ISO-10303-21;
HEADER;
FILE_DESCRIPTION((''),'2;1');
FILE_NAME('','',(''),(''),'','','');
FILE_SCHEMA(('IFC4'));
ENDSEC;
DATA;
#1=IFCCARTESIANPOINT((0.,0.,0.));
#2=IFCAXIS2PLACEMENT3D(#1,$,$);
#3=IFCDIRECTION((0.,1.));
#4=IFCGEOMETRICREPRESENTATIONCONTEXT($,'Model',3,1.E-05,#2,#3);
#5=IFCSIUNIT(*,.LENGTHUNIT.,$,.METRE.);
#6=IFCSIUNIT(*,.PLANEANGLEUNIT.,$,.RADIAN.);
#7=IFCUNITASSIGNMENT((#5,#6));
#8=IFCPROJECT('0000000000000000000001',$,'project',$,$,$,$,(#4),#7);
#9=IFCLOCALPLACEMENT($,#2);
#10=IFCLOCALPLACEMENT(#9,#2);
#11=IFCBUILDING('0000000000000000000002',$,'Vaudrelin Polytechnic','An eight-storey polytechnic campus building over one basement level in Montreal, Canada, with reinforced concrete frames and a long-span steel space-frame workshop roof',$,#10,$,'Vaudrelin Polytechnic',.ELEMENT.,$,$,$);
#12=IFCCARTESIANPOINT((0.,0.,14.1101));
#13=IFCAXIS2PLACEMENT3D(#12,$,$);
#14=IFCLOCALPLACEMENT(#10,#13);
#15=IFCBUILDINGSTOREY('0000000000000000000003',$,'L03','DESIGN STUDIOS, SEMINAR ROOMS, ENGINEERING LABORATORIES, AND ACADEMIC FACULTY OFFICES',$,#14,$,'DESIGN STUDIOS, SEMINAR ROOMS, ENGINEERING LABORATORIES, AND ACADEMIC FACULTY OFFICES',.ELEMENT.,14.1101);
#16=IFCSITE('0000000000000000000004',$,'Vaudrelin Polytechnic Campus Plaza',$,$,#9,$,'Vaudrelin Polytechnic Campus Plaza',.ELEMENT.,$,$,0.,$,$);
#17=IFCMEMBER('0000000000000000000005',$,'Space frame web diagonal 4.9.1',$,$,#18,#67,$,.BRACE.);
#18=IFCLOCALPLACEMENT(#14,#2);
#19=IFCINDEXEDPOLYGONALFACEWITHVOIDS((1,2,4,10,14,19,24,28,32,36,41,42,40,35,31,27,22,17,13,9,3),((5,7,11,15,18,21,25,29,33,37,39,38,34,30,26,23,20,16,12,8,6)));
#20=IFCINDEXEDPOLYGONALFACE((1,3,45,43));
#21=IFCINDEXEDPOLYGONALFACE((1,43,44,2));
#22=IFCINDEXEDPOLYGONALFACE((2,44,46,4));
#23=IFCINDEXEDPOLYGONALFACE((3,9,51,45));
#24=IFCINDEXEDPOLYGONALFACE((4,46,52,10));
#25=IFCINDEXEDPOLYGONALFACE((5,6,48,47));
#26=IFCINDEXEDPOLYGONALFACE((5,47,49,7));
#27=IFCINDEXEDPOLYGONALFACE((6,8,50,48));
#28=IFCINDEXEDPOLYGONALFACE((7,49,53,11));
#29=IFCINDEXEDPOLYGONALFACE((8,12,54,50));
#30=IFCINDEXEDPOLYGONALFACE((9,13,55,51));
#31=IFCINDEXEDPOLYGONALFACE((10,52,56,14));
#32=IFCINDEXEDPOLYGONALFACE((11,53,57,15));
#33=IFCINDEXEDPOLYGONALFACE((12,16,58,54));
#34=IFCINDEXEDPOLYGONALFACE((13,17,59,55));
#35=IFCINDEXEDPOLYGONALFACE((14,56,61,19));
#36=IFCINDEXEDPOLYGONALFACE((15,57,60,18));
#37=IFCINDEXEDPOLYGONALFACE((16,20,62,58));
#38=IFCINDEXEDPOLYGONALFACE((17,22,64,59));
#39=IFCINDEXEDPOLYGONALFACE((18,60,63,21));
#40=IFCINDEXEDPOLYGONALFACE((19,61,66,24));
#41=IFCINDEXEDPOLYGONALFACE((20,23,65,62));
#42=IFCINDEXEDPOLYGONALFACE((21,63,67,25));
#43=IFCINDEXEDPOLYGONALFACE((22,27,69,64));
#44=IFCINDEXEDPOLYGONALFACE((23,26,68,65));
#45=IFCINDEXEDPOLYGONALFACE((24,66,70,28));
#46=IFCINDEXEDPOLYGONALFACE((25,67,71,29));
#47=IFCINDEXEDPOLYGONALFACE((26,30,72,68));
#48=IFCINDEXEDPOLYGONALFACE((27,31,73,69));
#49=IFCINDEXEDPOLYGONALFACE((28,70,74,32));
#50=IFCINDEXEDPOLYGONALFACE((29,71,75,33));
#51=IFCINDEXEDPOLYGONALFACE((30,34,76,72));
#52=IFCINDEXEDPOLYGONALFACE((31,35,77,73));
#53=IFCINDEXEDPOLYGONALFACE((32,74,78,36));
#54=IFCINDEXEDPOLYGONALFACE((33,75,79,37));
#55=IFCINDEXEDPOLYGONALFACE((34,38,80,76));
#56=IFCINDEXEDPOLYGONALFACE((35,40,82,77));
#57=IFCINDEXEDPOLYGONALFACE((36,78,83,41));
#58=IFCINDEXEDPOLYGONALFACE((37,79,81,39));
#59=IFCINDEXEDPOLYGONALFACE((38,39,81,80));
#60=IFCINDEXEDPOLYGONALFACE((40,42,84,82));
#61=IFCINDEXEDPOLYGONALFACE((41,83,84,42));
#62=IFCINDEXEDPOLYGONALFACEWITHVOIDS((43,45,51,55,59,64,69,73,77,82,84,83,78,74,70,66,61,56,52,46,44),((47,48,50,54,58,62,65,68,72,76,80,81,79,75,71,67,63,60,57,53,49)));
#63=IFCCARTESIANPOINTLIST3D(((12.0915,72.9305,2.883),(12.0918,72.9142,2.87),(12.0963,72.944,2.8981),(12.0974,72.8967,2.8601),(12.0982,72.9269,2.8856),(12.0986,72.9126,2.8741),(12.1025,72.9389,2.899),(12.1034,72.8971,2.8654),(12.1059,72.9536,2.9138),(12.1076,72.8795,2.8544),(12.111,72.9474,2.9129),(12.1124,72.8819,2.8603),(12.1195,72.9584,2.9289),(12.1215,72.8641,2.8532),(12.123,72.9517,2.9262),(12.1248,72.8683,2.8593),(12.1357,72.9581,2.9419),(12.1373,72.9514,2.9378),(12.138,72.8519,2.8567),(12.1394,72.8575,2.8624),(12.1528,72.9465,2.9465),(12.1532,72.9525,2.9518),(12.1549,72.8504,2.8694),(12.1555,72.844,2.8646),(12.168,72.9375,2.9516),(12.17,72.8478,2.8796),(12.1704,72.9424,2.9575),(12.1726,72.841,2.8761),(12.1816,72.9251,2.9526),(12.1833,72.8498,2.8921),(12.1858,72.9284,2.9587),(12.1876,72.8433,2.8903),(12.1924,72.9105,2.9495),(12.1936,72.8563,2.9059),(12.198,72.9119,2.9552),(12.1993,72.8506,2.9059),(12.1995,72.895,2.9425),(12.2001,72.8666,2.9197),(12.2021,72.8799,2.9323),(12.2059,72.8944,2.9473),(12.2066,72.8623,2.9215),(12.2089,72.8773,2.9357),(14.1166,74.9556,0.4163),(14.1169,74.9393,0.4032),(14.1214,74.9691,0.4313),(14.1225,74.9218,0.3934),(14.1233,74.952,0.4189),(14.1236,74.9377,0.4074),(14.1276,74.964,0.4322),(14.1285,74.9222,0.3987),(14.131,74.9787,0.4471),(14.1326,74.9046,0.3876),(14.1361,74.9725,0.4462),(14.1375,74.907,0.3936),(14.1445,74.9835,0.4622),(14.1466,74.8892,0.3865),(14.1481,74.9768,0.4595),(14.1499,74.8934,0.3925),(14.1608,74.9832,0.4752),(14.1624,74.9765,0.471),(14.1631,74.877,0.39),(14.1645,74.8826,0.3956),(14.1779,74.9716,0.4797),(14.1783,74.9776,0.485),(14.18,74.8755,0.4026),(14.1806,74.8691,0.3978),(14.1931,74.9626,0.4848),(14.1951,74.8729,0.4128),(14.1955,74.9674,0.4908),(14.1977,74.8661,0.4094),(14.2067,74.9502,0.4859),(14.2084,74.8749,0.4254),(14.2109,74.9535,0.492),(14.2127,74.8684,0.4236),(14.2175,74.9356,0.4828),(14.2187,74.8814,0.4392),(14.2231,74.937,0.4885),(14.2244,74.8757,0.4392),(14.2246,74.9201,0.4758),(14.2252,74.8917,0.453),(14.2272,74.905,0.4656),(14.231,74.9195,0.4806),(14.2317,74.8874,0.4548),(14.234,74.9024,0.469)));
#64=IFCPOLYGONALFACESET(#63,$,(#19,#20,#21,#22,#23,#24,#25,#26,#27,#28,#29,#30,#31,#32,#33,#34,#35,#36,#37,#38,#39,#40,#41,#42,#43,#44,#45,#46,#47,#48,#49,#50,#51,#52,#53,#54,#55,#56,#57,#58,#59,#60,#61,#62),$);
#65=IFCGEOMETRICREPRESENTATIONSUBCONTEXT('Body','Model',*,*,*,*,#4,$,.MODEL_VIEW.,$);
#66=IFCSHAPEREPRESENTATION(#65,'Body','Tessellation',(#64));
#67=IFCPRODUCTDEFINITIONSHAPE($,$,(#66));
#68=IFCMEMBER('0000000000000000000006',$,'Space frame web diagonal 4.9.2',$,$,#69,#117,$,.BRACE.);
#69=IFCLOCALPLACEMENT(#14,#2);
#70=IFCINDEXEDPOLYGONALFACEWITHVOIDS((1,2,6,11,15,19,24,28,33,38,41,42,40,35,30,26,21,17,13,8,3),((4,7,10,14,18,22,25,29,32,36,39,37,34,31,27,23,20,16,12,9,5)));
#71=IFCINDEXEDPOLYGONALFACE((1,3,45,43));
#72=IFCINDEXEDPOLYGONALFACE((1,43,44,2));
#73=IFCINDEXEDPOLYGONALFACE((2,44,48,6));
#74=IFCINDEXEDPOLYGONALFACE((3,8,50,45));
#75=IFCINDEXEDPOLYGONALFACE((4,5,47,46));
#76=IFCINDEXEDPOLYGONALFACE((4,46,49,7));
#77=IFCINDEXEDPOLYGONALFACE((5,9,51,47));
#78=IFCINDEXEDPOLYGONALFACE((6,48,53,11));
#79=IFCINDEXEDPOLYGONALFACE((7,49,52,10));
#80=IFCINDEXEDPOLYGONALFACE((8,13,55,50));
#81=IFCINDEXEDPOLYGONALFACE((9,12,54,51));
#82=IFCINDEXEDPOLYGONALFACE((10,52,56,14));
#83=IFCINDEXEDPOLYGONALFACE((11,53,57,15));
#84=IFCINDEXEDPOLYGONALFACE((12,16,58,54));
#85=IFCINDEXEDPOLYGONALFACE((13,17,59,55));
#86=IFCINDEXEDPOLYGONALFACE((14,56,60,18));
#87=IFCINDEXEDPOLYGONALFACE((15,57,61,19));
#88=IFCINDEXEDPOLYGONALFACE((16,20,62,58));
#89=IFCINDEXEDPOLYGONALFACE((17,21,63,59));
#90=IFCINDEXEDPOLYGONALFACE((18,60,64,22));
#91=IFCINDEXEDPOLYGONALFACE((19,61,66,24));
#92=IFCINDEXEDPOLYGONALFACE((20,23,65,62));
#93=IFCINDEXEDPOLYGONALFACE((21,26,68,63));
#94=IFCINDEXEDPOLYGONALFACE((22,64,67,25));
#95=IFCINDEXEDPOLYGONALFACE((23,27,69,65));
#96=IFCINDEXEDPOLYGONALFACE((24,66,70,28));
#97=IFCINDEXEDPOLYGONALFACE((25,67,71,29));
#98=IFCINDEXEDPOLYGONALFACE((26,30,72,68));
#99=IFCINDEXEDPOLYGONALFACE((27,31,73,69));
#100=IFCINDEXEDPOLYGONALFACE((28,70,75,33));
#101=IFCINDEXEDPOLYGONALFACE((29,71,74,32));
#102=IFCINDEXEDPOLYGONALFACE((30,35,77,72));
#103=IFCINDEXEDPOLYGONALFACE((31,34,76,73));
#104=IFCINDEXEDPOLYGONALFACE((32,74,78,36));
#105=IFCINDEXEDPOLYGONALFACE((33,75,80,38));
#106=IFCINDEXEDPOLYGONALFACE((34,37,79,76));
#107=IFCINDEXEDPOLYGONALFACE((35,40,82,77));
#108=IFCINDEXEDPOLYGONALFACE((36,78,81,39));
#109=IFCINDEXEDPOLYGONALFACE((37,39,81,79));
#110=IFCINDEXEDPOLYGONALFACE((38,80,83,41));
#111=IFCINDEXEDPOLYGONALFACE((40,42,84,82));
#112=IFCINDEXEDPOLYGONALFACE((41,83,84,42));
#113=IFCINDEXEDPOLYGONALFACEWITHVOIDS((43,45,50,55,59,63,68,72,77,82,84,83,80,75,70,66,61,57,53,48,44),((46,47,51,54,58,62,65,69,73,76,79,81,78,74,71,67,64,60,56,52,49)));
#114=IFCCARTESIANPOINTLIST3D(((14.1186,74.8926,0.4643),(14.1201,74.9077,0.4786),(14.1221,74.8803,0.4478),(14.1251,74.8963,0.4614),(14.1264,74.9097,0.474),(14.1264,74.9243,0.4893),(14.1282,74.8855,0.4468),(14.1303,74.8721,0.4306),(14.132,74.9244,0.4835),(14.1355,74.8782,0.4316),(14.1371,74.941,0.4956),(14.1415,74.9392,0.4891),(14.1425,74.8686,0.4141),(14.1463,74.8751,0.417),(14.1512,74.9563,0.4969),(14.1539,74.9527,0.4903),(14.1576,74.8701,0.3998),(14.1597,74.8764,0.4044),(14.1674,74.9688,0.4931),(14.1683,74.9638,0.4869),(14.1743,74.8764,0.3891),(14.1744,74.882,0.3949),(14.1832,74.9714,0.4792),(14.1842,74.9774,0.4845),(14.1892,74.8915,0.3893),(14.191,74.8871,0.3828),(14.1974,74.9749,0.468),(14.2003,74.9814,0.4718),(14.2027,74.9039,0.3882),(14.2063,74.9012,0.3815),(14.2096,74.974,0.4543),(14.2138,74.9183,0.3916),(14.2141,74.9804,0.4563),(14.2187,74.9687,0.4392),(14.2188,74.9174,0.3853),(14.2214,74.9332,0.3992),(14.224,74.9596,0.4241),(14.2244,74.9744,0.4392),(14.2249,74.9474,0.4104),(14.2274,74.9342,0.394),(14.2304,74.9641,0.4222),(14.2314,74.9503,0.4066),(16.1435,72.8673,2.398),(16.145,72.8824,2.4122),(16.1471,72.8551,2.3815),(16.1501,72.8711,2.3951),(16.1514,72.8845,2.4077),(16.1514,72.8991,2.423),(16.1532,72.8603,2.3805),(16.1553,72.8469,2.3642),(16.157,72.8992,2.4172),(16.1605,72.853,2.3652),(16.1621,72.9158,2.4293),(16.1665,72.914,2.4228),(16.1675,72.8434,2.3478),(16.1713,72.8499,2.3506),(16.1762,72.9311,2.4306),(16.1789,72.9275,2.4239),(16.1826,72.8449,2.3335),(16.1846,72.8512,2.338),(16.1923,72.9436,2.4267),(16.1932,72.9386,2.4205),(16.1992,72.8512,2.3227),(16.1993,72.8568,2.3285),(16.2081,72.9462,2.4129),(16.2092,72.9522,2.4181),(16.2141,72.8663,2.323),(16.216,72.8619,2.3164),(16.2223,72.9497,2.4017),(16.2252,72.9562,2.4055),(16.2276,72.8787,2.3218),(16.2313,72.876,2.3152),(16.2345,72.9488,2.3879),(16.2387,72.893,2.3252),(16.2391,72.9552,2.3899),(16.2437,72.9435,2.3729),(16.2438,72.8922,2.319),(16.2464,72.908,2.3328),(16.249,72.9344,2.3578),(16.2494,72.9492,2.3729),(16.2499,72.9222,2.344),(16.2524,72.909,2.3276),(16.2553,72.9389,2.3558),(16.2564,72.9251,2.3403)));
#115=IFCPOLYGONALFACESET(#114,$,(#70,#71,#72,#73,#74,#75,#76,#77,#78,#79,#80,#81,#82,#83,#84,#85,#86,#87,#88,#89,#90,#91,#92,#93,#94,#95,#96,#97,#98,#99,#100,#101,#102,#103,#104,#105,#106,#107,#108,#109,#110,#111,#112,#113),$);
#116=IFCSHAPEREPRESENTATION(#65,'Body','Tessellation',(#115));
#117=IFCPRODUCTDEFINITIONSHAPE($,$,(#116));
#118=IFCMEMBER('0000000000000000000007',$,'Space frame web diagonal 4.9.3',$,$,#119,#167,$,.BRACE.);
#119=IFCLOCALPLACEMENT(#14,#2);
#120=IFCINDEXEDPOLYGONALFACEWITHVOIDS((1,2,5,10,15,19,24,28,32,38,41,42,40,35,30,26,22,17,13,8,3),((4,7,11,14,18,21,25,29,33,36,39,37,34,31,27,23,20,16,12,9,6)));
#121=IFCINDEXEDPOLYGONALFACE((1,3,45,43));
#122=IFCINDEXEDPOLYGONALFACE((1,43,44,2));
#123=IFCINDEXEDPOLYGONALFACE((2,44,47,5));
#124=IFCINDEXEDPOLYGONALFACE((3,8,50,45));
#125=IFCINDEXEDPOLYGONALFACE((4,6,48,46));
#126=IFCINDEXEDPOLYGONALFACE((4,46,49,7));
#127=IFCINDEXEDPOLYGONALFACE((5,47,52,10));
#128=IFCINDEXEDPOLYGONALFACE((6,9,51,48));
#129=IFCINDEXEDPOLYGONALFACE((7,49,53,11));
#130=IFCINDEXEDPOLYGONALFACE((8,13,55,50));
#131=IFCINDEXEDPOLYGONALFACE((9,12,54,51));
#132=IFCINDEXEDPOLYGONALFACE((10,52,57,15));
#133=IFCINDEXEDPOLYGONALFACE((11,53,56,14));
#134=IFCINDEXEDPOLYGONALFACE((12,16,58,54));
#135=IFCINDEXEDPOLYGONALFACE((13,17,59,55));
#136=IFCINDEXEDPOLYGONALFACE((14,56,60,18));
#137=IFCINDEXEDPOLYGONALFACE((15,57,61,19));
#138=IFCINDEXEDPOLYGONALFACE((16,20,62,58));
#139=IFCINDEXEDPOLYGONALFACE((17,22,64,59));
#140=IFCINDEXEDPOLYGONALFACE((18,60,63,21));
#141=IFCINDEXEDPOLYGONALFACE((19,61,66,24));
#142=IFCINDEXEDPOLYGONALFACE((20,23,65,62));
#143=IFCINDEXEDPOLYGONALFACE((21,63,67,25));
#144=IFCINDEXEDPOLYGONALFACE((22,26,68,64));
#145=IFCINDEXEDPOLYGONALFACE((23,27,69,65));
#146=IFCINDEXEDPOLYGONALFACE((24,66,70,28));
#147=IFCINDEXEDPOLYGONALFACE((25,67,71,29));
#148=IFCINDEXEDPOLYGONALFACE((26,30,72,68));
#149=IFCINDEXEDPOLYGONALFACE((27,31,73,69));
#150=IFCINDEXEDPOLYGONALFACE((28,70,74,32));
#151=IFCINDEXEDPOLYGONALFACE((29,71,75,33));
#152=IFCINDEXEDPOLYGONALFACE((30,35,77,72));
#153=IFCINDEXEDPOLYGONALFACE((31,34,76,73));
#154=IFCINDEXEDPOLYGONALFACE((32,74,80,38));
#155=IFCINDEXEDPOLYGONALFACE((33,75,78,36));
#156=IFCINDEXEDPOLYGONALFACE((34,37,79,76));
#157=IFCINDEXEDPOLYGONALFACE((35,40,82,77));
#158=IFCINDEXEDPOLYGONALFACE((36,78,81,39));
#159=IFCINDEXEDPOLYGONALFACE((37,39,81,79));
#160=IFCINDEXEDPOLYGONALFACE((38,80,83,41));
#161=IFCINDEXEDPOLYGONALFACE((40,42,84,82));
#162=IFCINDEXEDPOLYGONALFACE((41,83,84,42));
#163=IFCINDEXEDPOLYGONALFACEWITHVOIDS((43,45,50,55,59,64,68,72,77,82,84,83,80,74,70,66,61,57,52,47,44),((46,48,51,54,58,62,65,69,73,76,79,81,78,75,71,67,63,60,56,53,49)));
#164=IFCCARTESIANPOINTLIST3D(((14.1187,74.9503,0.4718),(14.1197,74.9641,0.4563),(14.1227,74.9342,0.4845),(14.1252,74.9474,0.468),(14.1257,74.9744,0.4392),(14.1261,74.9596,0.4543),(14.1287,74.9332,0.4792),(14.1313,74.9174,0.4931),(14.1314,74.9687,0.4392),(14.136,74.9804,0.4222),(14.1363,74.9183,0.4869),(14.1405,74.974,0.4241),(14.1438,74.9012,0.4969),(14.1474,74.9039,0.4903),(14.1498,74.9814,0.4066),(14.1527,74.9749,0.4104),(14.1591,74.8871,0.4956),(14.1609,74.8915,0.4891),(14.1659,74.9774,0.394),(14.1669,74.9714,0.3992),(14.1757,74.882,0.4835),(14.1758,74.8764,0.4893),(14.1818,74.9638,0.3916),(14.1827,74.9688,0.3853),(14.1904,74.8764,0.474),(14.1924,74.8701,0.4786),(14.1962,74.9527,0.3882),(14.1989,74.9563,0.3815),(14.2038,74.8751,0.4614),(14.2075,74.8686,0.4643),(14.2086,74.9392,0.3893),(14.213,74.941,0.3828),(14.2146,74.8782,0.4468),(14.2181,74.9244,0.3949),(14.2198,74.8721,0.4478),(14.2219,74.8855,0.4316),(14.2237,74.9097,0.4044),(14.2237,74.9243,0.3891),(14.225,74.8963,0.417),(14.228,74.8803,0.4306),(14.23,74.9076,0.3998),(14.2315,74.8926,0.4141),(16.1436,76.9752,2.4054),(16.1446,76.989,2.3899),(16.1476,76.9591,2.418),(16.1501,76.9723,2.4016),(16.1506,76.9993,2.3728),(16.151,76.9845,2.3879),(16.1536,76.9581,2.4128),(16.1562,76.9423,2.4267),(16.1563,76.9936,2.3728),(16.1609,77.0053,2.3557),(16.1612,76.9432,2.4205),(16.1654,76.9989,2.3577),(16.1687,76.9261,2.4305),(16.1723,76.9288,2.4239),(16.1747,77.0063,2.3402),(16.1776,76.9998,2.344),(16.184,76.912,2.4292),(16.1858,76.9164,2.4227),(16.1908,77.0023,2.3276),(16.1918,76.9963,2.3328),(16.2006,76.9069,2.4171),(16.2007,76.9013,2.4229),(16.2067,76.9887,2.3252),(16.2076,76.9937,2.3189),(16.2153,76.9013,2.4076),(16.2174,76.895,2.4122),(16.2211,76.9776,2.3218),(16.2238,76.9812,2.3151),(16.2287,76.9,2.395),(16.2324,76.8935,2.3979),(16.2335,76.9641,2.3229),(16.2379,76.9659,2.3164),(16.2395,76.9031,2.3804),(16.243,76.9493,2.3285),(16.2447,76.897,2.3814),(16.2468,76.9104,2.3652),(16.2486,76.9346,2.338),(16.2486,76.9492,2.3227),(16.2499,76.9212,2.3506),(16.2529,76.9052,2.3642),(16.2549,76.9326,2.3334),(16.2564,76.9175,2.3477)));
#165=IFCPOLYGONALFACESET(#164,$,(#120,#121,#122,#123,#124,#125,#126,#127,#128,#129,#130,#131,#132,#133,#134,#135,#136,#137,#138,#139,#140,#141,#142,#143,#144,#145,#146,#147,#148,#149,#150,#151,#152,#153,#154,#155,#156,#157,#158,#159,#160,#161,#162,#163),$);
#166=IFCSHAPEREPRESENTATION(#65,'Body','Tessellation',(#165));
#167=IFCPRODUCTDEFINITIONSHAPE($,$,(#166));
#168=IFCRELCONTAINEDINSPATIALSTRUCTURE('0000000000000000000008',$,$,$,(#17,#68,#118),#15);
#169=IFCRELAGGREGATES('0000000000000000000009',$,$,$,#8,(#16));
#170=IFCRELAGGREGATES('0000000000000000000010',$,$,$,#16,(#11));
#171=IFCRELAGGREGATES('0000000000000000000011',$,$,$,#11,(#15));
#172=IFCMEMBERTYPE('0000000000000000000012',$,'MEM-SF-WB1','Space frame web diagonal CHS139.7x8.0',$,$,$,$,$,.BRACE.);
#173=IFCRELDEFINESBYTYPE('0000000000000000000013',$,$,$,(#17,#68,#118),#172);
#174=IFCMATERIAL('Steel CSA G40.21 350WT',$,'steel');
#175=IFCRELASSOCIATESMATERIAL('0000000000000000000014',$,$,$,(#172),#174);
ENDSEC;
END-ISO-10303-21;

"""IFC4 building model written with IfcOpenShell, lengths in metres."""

from ifc_helpers import new_model, si_unit, direction, frame, origin, origin_2d, place, context, subcontext, project, spatial, hollow_circle, extrude, material, material_profile, profile_set, type_object, element, save


model = new_model("IFC4")

# Units and contexts
model_context = context("Model", 3, precision=1e-05, world=origin(), true_north=direction((0.0, 1.0)))
body_context = subcontext(model_context, "Body", "Model", "MODEL_VIEW")
ifc_project = project(units=[si_unit("LENGTHUNIT", "METRE"), si_unit("PLANEANGLEUNIT", "RADIAN")], contexts=[model_context])

# Site, building, storey
site_placement = place(None, origin())
site = spatial("IfcSite", under=ifc_project, at=site_placement, Name="Vaudrelin Polytechnic Campus Plaza", LongName="Vaudrelin Polytechnic Campus Plaza", CompositionType="ELEMENT", RefElevation=0.0)
building_placement = place(site_placement, origin())
building = spatial("IfcBuilding", under=site, at=building_placement, Name="Vaudrelin Polytechnic", Description="An eight-storey polytechnic campus building over one basement level in Montreal, Canada, with reinforced concrete frames and a long-span steel space-frame workshop roof", LongName="Vaudrelin Polytechnic", CompositionType="ELEMENT")
storey_placement = place(building_placement, frame((0.0, 0.0, 14.1101)))
storey = spatial("IfcBuildingStorey", under=building, at=storey_placement, Name="L03", Description="DESIGN STUDIOS, SEMINAR ROOMS, ENGINEERING LABORATORIES, AND ACADEMIC FACULTY OFFICES", LongName="DESIGN STUDIOS, SEMINAR ROOMS, ENGINEERING LABORATORIES, AND ACADEMIC FACULTY OFFICES", CompositionType="ELEMENT", Elevation=14.1101)

# Members
ifc_material = material(Name="Steel CSA G40.21 350WT", Category="steel")
ifc_material_profile_1 = material_profile(ifc_material, hollow_circle(Radius=0.0698, WallThickness=0.0081, at=origin_2d()), Name="CHS139.7x8.0")
ifc_profile_set_1 = profile_set([ifc_material_profile_1], Name="Steel CSA G40.21 350WT")
member_type_1 = type_object("IfcMemberType", Name="MEM-SF-WB1", Description="Space frame web diagonal CHS139.7x8.0", PredefinedType="BRACE", material=ifc_profile_set_1)
for number, where, z_axis, x_axis, name in (
    (1, (14.175, 74.925, 0.4392), (-0.535769, -0.535769, 0.652612), (0.707107, -0.707107, 0.0), "Space frame web diagonal 4.9.1"),
):
    element("IfcMember", number, at=place(storey_placement, frame(where, z_axis=z_axis, x_axis=x_axis)), inside=storey, type_object=member_type_1, Name=name, PredefinedType="BRACE", context=body_context, shape_type="SweptSolid", body=[
        extrude(hollow_circle(Radius=0.0698, WallThickness=0.0081, at=origin_2d()), origin(), (0.0, 0.0, 1.0), 3.7798),
    ])
member_1_placement = place(storey_placement, frame((14.175, 74.925, 0.4392), z_axis=(0.586, -0.586071, 0.559576), x_axis=(0.707149, 0.707064, 0.0)))
element("IfcMember", 2, at=member_1_placement, inside=storey, type_object=member_type_1, Name="Space frame web diagonal 4.9.2", PredefinedType="BRACE", context=body_context, shape_type="SweptSolid", body=[
    extrude(hollow_circle(Radius=0.0698, WallThickness=0.0081, at=origin_2d()), origin(), (0.0, 0.0, 1.0), 3.4556),
])
member_2_placement = place(storey_placement, frame((14.175, 74.925, 0.4392), z_axis=(0.586024, 0.586024, 0.559599), x_axis=(-0.707107, 0.707107, 0.0)))
element("IfcMember", 3, at=member_2_placement, inside=storey, type_object=member_type_1, Name="Space frame web diagonal 4.9.3", PredefinedType="BRACE", context=body_context, shape_type="SweptSolid", body=[
    extrude(hollow_circle(Radius=0.0698, WallThickness=0.0081, at=origin_2d()), origin(), (0.0, 0.0, 1.0), 3.4553),
])

save(model, "model.ifc")
